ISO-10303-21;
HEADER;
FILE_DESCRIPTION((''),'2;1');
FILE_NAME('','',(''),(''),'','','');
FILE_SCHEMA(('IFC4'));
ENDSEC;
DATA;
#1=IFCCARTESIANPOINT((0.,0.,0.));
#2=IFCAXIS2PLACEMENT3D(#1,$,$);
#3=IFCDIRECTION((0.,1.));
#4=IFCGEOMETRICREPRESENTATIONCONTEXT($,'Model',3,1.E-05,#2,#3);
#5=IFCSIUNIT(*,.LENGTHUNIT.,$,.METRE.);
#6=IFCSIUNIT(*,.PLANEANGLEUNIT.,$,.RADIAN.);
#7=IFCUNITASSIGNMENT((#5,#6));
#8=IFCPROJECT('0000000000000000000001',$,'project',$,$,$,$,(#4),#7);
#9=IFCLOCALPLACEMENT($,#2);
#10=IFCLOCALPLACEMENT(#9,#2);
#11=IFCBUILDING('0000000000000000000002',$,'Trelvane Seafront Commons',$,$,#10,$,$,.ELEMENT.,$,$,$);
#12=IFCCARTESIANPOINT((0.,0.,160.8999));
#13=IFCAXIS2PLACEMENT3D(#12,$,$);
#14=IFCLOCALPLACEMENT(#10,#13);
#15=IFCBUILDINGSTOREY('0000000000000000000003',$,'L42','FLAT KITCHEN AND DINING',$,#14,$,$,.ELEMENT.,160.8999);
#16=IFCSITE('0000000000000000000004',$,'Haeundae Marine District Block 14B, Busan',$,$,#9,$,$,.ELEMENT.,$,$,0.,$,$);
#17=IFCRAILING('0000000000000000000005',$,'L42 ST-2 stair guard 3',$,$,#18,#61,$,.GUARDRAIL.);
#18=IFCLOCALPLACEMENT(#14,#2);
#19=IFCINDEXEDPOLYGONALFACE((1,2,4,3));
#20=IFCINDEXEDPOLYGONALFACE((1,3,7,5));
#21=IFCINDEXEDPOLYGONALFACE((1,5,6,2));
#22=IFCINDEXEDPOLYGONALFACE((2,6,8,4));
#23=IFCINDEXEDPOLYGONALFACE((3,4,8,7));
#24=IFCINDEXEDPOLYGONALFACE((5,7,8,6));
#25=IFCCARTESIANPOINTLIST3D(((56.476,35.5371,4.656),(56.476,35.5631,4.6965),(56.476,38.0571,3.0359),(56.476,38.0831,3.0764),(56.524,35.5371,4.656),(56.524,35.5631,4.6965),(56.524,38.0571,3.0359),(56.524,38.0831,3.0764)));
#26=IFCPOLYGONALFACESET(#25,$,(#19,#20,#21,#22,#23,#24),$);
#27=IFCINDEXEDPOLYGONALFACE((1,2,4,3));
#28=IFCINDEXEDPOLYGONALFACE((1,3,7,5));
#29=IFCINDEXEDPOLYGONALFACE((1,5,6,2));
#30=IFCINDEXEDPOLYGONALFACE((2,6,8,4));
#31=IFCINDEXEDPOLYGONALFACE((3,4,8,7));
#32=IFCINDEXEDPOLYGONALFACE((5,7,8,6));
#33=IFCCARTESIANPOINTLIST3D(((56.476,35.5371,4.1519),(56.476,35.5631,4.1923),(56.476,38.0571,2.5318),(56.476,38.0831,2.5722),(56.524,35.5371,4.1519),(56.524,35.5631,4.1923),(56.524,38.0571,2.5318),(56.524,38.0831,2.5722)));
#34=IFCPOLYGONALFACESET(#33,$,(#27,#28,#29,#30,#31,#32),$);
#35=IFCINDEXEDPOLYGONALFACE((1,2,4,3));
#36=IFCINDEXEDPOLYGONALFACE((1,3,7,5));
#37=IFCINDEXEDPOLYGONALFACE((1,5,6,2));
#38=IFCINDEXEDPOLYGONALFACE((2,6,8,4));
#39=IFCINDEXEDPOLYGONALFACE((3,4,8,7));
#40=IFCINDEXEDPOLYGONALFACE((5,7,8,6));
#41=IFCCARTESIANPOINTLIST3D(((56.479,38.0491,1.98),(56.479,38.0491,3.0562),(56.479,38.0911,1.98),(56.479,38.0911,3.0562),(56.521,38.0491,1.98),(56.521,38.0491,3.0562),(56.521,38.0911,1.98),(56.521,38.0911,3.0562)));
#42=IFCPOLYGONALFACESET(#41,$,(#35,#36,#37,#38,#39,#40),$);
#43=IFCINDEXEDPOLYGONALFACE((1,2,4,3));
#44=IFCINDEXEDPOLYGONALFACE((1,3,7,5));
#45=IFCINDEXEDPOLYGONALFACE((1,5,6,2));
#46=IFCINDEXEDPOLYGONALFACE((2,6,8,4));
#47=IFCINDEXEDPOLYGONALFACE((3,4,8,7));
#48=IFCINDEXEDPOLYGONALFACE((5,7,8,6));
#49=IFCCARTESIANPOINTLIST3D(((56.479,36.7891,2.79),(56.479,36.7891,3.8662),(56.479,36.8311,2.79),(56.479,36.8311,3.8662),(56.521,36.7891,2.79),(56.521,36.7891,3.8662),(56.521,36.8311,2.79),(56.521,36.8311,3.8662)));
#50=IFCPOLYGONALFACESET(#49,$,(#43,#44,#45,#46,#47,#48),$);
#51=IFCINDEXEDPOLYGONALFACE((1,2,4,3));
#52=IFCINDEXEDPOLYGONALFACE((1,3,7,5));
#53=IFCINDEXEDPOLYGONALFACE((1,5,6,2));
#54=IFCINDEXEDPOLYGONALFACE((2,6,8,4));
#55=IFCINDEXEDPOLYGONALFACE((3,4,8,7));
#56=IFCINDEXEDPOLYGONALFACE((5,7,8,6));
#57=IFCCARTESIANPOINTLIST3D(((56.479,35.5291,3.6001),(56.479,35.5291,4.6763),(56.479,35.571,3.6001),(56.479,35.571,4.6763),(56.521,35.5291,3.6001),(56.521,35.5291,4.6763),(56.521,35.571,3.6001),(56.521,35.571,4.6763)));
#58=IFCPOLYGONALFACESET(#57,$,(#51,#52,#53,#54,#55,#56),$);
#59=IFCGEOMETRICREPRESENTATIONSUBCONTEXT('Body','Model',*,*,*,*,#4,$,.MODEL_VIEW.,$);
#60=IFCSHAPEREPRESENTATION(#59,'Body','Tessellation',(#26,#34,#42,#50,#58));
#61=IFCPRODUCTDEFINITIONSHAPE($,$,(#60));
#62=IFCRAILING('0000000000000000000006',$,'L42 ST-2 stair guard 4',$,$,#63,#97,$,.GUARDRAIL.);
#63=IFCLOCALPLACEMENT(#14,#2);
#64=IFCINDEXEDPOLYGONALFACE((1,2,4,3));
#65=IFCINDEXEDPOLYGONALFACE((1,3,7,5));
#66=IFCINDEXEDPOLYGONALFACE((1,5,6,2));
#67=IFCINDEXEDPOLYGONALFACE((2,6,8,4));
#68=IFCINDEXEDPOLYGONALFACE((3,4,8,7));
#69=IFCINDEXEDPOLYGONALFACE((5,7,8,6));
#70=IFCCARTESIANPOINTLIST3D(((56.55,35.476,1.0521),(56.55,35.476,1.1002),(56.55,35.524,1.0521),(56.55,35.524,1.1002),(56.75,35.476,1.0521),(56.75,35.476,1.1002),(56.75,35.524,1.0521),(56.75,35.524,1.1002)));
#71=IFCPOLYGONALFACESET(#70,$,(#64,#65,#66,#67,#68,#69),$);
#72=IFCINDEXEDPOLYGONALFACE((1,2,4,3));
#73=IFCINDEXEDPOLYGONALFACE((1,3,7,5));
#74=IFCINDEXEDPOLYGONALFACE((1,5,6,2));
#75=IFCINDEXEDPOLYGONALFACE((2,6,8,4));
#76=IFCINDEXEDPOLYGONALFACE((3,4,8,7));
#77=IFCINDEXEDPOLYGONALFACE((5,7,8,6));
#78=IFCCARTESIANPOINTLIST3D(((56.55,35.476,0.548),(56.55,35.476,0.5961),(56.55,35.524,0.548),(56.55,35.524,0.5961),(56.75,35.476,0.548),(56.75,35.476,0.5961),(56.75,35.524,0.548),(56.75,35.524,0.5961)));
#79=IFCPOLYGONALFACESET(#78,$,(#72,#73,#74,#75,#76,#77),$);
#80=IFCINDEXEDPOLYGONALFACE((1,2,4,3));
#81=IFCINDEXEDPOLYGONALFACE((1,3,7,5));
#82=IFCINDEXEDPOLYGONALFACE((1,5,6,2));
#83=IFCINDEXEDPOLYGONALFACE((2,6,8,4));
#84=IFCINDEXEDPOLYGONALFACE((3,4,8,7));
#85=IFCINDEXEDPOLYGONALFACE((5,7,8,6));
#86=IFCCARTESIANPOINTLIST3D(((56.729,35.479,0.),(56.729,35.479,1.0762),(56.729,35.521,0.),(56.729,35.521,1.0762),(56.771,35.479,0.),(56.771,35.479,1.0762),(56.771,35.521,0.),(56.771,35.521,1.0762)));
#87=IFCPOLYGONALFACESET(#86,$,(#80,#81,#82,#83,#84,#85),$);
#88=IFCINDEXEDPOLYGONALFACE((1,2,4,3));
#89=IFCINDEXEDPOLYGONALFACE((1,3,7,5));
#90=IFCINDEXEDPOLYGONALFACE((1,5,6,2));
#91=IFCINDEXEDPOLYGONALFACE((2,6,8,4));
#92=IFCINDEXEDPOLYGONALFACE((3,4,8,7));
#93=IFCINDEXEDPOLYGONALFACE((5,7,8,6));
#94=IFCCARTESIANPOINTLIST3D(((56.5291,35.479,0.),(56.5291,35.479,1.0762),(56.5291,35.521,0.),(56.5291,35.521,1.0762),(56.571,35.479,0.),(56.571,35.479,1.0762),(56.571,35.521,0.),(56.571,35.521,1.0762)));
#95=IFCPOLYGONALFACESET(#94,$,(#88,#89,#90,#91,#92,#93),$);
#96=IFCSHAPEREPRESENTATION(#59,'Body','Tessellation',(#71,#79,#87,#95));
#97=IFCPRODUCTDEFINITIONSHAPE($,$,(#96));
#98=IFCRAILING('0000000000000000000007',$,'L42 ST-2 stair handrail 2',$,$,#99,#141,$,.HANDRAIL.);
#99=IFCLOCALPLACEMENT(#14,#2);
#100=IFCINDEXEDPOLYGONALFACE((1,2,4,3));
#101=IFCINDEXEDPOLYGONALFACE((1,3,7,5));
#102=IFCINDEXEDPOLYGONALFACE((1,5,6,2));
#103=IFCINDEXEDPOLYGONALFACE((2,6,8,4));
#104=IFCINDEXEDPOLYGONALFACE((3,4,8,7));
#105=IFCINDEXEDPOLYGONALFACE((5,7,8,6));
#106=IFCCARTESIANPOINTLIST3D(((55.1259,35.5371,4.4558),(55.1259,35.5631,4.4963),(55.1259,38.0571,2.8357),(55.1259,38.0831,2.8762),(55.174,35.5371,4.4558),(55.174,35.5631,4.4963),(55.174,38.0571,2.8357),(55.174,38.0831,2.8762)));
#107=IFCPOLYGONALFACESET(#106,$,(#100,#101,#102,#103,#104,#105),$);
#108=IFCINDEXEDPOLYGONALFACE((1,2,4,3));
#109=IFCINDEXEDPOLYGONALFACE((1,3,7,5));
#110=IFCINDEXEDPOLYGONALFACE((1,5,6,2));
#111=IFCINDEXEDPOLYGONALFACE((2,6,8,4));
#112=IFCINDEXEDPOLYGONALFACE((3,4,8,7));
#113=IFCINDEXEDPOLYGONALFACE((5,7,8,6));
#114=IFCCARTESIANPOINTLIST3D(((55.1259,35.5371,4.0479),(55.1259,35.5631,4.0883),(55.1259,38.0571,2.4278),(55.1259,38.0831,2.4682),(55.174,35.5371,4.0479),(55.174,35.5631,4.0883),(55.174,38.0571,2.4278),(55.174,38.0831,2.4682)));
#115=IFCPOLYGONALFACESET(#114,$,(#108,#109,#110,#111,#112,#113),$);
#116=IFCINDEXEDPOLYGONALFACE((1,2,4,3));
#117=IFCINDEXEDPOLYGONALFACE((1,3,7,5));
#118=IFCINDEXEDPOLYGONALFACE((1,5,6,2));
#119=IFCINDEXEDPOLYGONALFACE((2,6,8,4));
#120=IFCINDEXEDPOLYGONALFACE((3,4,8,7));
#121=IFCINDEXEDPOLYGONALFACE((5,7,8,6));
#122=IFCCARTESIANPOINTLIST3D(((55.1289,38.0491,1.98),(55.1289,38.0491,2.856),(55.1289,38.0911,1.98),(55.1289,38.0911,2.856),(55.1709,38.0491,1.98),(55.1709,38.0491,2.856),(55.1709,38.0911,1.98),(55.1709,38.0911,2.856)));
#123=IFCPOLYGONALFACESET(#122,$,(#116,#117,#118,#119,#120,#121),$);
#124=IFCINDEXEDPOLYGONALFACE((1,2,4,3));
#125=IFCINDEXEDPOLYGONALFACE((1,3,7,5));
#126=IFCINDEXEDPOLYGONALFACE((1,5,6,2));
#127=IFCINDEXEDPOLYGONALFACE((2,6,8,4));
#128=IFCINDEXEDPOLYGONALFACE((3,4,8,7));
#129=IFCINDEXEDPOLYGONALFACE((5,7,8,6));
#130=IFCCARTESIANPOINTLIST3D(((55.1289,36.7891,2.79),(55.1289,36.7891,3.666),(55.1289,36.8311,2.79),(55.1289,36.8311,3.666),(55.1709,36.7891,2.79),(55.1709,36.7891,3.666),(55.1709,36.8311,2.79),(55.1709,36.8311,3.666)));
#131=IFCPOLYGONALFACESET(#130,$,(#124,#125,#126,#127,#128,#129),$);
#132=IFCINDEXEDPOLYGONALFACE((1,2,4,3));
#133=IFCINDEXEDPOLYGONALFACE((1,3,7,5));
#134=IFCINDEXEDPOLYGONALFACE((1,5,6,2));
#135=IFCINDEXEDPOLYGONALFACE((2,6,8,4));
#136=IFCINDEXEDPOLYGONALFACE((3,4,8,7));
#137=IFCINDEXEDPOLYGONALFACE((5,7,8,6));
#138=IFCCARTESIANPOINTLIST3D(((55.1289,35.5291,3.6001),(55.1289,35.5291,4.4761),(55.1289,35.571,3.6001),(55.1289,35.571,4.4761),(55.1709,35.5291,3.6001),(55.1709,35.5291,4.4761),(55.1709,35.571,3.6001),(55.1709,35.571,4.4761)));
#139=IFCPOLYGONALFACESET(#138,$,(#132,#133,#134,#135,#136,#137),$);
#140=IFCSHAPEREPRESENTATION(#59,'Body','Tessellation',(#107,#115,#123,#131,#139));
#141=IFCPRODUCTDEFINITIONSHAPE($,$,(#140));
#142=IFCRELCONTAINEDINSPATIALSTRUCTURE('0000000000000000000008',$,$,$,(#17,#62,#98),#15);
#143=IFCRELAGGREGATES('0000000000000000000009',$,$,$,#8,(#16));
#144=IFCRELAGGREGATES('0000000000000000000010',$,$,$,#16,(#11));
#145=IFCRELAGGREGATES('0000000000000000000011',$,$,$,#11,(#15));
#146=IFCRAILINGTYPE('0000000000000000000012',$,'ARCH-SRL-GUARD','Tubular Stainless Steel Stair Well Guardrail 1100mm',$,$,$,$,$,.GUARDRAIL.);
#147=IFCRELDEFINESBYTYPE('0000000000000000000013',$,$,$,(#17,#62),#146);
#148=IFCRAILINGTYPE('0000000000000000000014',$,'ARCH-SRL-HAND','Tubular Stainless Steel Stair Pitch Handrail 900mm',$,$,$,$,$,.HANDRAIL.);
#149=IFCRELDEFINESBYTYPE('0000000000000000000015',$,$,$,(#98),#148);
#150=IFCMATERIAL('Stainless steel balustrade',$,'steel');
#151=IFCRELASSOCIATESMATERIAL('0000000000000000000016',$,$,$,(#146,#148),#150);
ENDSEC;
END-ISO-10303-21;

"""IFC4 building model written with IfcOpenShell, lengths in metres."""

from ifc_helpers import new_model, si_unit, direction, frame, origin, origin_2d, place, context, subcontext, project, spatial, rectangle, extrude, material, type_object, element, save


model = new_model("IFC4")

# Units and contexts
model_context = context("Model", 3, precision=1e-05, world=origin(), true_north=direction((0.0, 1.0)))
body_context = subcontext(model_context, "Body", "Model", "MODEL_VIEW")
ifc_project = project(units=[si_unit("LENGTHUNIT", "METRE"), si_unit("PLANEANGLEUNIT", "RADIAN")], contexts=[model_context])

# Site, building, storey
site_placement = place(None, origin())
site = spatial("IfcSite", under=ifc_project, at=site_placement, Name="Haeundae Marine District Block 14B, Busan", CompositionType="ELEMENT", RefElevation=0.0)
building_placement = place(site_placement, origin())
building = spatial("IfcBuilding", under=site, at=building_placement, Name="Trelvane Seafront Commons", CompositionType="ELEMENT")
storey_placement = place(building_placement, frame((0.0, 0.0, 160.8999)))
storey = spatial("IfcBuildingStorey", under=building, at=storey_placement, Name="L42", Description="FLAT KITCHEN AND DINING", CompositionType="ELEMENT", Elevation=160.8999)

# Railings
ifc_material_1 = material(Name="Stainless steel balustrade", Category="steel")
railing_type_1 = type_object("IfcRailingType", Name="ARCH-SRL-GUARD", Description="Tubular Stainless Steel Stair Well Guardrail 1100mm", PredefinedType="GUARDRAIL", material=ifc_material_1)
railing_1_placement = place(storey_placement, frame((56.5, 38.0701, 1.98)))
element("IfcRailing", 1, at=railing_1_placement, inside=storey, type_object=railing_type_1, Name="L42 ST-2 stair guard 3", PredefinedType="GUARDRAIL", context=body_context, shape_type="SweptSolid", body=[
    extrude(rectangle(XDim=0.0481, YDim=0.0481, at=origin_2d()), frame((0.0, 0.0, 1.0762), z_axis=(0.0, -0.841163, 0.540782), x_axis=(1.0, 0.0, 0.0)), (0.0, 0.0, 1.0), 2.9958),
    extrude(rectangle(XDim=0.0481, YDim=0.0481, at=origin_2d()), frame((0.0, 0.0, 0.572), z_axis=(0.0, -0.841163, 0.540782), x_axis=(1.0, 0.0, 0.0)), (0.0, 0.0, 1.0), 2.9958),
    extrude(rectangle(XDim=0.042, YDim=0.042, at=origin_2d()), origin(), (0.0, 0.0, 1.0), 1.0762),
    extrude(rectangle(XDim=0.042, YDim=0.042, at=origin_2d()), frame((0.0, -1.26, 0.8101)), (0.0, 0.0, 1.0), 1.0762),
    extrude(rectangle(XDim=0.042, YDim=0.042, at=origin_2d()), frame((0.0, -2.52, 1.6201)), (0.0, 0.0, 1.0), 1.0762),
])
railing_2_placement = place(storey_placement, frame((56.75, 35.5, 0.0)))
element("IfcRailing", 2, at=railing_2_placement, inside=storey, type_object=railing_type_1, Name="L42 ST-2 stair guard 4", PredefinedType="GUARDRAIL", context=body_context, shape_type="SweptSolid", body=[
    extrude(rectangle(XDim=0.0481, YDim=0.0481, at=origin_2d()), frame((0.0, 0.0, 1.0762), z_axis=(-1.0, 0.0, 0.0), x_axis=(0.0, -1.0, 0.0)), (0.0, 0.0, 1.0), 0.2),
    extrude(rectangle(XDim=0.0481, YDim=0.0481, at=origin_2d()), frame((0.0, 0.0, 0.572), z_axis=(-1.0, 0.0, 0.0), x_axis=(0.0, -1.0, 0.0)), (0.0, 0.0, 1.0), 0.2),
    extrude(rectangle(XDim=0.042, YDim=0.042, at=origin_2d()), origin(), (0.0, 0.0, 1.0), 1.0762),
    extrude(rectangle(XDim=0.042, YDim=0.042, at=origin_2d()), frame((-0.2, 0.0, 0.0)), (0.0, 0.0, 1.0), 1.0762),
])
railing_type_2 = type_object("IfcRailingType", Name="ARCH-SRL-HAND", Description="Tubular Stainless Steel Stair Pitch Handrail 900mm", PredefinedType="HANDRAIL", material=ifc_material_1)
railing_3_placement = place(storey_placement, frame((55.1499, 38.0701, 1.98)))
element("IfcRailing", 3, at=railing_3_placement, inside=storey, type_object=railing_type_2, Name="L42 ST-2 stair handrail 2", PredefinedType="HANDRAIL", context=body_context, shape_type="SweptSolid", body=[
    extrude(rectangle(XDim=0.0481, YDim=0.0481, at=origin_2d()), frame((0.0, 0.0, 0.876), z_axis=(0.0, -0.841163, 0.540782), x_axis=(1.0, 0.0, 0.0)), (0.0, 0.0, 1.0), 2.9958),
    extrude(rectangle(XDim=0.0481, YDim=0.0481, at=origin_2d()), frame((0.0, 0.0, 0.468), z_axis=(0.0, -0.841163, 0.540782), x_axis=(1.0, 0.0, 0.0)), (0.0, 0.0, 1.0), 2.9958),
    extrude(rectangle(XDim=0.042, YDim=0.042, at=origin_2d()), origin(), (0.0, 0.0, 1.0), 0.876),
    extrude(rectangle(XDim=0.042, YDim=0.042, at=origin_2d()), frame((0.0, -1.26, 0.8101)), (0.0, 0.0, 1.0), 0.876),
    extrude(rectangle(XDim=0.042, YDim=0.042, at=origin_2d()), frame((0.0, -2.52, 1.6201)), (0.0, 0.0, 1.0), 0.876),
])

save(model, "model.ifc")
